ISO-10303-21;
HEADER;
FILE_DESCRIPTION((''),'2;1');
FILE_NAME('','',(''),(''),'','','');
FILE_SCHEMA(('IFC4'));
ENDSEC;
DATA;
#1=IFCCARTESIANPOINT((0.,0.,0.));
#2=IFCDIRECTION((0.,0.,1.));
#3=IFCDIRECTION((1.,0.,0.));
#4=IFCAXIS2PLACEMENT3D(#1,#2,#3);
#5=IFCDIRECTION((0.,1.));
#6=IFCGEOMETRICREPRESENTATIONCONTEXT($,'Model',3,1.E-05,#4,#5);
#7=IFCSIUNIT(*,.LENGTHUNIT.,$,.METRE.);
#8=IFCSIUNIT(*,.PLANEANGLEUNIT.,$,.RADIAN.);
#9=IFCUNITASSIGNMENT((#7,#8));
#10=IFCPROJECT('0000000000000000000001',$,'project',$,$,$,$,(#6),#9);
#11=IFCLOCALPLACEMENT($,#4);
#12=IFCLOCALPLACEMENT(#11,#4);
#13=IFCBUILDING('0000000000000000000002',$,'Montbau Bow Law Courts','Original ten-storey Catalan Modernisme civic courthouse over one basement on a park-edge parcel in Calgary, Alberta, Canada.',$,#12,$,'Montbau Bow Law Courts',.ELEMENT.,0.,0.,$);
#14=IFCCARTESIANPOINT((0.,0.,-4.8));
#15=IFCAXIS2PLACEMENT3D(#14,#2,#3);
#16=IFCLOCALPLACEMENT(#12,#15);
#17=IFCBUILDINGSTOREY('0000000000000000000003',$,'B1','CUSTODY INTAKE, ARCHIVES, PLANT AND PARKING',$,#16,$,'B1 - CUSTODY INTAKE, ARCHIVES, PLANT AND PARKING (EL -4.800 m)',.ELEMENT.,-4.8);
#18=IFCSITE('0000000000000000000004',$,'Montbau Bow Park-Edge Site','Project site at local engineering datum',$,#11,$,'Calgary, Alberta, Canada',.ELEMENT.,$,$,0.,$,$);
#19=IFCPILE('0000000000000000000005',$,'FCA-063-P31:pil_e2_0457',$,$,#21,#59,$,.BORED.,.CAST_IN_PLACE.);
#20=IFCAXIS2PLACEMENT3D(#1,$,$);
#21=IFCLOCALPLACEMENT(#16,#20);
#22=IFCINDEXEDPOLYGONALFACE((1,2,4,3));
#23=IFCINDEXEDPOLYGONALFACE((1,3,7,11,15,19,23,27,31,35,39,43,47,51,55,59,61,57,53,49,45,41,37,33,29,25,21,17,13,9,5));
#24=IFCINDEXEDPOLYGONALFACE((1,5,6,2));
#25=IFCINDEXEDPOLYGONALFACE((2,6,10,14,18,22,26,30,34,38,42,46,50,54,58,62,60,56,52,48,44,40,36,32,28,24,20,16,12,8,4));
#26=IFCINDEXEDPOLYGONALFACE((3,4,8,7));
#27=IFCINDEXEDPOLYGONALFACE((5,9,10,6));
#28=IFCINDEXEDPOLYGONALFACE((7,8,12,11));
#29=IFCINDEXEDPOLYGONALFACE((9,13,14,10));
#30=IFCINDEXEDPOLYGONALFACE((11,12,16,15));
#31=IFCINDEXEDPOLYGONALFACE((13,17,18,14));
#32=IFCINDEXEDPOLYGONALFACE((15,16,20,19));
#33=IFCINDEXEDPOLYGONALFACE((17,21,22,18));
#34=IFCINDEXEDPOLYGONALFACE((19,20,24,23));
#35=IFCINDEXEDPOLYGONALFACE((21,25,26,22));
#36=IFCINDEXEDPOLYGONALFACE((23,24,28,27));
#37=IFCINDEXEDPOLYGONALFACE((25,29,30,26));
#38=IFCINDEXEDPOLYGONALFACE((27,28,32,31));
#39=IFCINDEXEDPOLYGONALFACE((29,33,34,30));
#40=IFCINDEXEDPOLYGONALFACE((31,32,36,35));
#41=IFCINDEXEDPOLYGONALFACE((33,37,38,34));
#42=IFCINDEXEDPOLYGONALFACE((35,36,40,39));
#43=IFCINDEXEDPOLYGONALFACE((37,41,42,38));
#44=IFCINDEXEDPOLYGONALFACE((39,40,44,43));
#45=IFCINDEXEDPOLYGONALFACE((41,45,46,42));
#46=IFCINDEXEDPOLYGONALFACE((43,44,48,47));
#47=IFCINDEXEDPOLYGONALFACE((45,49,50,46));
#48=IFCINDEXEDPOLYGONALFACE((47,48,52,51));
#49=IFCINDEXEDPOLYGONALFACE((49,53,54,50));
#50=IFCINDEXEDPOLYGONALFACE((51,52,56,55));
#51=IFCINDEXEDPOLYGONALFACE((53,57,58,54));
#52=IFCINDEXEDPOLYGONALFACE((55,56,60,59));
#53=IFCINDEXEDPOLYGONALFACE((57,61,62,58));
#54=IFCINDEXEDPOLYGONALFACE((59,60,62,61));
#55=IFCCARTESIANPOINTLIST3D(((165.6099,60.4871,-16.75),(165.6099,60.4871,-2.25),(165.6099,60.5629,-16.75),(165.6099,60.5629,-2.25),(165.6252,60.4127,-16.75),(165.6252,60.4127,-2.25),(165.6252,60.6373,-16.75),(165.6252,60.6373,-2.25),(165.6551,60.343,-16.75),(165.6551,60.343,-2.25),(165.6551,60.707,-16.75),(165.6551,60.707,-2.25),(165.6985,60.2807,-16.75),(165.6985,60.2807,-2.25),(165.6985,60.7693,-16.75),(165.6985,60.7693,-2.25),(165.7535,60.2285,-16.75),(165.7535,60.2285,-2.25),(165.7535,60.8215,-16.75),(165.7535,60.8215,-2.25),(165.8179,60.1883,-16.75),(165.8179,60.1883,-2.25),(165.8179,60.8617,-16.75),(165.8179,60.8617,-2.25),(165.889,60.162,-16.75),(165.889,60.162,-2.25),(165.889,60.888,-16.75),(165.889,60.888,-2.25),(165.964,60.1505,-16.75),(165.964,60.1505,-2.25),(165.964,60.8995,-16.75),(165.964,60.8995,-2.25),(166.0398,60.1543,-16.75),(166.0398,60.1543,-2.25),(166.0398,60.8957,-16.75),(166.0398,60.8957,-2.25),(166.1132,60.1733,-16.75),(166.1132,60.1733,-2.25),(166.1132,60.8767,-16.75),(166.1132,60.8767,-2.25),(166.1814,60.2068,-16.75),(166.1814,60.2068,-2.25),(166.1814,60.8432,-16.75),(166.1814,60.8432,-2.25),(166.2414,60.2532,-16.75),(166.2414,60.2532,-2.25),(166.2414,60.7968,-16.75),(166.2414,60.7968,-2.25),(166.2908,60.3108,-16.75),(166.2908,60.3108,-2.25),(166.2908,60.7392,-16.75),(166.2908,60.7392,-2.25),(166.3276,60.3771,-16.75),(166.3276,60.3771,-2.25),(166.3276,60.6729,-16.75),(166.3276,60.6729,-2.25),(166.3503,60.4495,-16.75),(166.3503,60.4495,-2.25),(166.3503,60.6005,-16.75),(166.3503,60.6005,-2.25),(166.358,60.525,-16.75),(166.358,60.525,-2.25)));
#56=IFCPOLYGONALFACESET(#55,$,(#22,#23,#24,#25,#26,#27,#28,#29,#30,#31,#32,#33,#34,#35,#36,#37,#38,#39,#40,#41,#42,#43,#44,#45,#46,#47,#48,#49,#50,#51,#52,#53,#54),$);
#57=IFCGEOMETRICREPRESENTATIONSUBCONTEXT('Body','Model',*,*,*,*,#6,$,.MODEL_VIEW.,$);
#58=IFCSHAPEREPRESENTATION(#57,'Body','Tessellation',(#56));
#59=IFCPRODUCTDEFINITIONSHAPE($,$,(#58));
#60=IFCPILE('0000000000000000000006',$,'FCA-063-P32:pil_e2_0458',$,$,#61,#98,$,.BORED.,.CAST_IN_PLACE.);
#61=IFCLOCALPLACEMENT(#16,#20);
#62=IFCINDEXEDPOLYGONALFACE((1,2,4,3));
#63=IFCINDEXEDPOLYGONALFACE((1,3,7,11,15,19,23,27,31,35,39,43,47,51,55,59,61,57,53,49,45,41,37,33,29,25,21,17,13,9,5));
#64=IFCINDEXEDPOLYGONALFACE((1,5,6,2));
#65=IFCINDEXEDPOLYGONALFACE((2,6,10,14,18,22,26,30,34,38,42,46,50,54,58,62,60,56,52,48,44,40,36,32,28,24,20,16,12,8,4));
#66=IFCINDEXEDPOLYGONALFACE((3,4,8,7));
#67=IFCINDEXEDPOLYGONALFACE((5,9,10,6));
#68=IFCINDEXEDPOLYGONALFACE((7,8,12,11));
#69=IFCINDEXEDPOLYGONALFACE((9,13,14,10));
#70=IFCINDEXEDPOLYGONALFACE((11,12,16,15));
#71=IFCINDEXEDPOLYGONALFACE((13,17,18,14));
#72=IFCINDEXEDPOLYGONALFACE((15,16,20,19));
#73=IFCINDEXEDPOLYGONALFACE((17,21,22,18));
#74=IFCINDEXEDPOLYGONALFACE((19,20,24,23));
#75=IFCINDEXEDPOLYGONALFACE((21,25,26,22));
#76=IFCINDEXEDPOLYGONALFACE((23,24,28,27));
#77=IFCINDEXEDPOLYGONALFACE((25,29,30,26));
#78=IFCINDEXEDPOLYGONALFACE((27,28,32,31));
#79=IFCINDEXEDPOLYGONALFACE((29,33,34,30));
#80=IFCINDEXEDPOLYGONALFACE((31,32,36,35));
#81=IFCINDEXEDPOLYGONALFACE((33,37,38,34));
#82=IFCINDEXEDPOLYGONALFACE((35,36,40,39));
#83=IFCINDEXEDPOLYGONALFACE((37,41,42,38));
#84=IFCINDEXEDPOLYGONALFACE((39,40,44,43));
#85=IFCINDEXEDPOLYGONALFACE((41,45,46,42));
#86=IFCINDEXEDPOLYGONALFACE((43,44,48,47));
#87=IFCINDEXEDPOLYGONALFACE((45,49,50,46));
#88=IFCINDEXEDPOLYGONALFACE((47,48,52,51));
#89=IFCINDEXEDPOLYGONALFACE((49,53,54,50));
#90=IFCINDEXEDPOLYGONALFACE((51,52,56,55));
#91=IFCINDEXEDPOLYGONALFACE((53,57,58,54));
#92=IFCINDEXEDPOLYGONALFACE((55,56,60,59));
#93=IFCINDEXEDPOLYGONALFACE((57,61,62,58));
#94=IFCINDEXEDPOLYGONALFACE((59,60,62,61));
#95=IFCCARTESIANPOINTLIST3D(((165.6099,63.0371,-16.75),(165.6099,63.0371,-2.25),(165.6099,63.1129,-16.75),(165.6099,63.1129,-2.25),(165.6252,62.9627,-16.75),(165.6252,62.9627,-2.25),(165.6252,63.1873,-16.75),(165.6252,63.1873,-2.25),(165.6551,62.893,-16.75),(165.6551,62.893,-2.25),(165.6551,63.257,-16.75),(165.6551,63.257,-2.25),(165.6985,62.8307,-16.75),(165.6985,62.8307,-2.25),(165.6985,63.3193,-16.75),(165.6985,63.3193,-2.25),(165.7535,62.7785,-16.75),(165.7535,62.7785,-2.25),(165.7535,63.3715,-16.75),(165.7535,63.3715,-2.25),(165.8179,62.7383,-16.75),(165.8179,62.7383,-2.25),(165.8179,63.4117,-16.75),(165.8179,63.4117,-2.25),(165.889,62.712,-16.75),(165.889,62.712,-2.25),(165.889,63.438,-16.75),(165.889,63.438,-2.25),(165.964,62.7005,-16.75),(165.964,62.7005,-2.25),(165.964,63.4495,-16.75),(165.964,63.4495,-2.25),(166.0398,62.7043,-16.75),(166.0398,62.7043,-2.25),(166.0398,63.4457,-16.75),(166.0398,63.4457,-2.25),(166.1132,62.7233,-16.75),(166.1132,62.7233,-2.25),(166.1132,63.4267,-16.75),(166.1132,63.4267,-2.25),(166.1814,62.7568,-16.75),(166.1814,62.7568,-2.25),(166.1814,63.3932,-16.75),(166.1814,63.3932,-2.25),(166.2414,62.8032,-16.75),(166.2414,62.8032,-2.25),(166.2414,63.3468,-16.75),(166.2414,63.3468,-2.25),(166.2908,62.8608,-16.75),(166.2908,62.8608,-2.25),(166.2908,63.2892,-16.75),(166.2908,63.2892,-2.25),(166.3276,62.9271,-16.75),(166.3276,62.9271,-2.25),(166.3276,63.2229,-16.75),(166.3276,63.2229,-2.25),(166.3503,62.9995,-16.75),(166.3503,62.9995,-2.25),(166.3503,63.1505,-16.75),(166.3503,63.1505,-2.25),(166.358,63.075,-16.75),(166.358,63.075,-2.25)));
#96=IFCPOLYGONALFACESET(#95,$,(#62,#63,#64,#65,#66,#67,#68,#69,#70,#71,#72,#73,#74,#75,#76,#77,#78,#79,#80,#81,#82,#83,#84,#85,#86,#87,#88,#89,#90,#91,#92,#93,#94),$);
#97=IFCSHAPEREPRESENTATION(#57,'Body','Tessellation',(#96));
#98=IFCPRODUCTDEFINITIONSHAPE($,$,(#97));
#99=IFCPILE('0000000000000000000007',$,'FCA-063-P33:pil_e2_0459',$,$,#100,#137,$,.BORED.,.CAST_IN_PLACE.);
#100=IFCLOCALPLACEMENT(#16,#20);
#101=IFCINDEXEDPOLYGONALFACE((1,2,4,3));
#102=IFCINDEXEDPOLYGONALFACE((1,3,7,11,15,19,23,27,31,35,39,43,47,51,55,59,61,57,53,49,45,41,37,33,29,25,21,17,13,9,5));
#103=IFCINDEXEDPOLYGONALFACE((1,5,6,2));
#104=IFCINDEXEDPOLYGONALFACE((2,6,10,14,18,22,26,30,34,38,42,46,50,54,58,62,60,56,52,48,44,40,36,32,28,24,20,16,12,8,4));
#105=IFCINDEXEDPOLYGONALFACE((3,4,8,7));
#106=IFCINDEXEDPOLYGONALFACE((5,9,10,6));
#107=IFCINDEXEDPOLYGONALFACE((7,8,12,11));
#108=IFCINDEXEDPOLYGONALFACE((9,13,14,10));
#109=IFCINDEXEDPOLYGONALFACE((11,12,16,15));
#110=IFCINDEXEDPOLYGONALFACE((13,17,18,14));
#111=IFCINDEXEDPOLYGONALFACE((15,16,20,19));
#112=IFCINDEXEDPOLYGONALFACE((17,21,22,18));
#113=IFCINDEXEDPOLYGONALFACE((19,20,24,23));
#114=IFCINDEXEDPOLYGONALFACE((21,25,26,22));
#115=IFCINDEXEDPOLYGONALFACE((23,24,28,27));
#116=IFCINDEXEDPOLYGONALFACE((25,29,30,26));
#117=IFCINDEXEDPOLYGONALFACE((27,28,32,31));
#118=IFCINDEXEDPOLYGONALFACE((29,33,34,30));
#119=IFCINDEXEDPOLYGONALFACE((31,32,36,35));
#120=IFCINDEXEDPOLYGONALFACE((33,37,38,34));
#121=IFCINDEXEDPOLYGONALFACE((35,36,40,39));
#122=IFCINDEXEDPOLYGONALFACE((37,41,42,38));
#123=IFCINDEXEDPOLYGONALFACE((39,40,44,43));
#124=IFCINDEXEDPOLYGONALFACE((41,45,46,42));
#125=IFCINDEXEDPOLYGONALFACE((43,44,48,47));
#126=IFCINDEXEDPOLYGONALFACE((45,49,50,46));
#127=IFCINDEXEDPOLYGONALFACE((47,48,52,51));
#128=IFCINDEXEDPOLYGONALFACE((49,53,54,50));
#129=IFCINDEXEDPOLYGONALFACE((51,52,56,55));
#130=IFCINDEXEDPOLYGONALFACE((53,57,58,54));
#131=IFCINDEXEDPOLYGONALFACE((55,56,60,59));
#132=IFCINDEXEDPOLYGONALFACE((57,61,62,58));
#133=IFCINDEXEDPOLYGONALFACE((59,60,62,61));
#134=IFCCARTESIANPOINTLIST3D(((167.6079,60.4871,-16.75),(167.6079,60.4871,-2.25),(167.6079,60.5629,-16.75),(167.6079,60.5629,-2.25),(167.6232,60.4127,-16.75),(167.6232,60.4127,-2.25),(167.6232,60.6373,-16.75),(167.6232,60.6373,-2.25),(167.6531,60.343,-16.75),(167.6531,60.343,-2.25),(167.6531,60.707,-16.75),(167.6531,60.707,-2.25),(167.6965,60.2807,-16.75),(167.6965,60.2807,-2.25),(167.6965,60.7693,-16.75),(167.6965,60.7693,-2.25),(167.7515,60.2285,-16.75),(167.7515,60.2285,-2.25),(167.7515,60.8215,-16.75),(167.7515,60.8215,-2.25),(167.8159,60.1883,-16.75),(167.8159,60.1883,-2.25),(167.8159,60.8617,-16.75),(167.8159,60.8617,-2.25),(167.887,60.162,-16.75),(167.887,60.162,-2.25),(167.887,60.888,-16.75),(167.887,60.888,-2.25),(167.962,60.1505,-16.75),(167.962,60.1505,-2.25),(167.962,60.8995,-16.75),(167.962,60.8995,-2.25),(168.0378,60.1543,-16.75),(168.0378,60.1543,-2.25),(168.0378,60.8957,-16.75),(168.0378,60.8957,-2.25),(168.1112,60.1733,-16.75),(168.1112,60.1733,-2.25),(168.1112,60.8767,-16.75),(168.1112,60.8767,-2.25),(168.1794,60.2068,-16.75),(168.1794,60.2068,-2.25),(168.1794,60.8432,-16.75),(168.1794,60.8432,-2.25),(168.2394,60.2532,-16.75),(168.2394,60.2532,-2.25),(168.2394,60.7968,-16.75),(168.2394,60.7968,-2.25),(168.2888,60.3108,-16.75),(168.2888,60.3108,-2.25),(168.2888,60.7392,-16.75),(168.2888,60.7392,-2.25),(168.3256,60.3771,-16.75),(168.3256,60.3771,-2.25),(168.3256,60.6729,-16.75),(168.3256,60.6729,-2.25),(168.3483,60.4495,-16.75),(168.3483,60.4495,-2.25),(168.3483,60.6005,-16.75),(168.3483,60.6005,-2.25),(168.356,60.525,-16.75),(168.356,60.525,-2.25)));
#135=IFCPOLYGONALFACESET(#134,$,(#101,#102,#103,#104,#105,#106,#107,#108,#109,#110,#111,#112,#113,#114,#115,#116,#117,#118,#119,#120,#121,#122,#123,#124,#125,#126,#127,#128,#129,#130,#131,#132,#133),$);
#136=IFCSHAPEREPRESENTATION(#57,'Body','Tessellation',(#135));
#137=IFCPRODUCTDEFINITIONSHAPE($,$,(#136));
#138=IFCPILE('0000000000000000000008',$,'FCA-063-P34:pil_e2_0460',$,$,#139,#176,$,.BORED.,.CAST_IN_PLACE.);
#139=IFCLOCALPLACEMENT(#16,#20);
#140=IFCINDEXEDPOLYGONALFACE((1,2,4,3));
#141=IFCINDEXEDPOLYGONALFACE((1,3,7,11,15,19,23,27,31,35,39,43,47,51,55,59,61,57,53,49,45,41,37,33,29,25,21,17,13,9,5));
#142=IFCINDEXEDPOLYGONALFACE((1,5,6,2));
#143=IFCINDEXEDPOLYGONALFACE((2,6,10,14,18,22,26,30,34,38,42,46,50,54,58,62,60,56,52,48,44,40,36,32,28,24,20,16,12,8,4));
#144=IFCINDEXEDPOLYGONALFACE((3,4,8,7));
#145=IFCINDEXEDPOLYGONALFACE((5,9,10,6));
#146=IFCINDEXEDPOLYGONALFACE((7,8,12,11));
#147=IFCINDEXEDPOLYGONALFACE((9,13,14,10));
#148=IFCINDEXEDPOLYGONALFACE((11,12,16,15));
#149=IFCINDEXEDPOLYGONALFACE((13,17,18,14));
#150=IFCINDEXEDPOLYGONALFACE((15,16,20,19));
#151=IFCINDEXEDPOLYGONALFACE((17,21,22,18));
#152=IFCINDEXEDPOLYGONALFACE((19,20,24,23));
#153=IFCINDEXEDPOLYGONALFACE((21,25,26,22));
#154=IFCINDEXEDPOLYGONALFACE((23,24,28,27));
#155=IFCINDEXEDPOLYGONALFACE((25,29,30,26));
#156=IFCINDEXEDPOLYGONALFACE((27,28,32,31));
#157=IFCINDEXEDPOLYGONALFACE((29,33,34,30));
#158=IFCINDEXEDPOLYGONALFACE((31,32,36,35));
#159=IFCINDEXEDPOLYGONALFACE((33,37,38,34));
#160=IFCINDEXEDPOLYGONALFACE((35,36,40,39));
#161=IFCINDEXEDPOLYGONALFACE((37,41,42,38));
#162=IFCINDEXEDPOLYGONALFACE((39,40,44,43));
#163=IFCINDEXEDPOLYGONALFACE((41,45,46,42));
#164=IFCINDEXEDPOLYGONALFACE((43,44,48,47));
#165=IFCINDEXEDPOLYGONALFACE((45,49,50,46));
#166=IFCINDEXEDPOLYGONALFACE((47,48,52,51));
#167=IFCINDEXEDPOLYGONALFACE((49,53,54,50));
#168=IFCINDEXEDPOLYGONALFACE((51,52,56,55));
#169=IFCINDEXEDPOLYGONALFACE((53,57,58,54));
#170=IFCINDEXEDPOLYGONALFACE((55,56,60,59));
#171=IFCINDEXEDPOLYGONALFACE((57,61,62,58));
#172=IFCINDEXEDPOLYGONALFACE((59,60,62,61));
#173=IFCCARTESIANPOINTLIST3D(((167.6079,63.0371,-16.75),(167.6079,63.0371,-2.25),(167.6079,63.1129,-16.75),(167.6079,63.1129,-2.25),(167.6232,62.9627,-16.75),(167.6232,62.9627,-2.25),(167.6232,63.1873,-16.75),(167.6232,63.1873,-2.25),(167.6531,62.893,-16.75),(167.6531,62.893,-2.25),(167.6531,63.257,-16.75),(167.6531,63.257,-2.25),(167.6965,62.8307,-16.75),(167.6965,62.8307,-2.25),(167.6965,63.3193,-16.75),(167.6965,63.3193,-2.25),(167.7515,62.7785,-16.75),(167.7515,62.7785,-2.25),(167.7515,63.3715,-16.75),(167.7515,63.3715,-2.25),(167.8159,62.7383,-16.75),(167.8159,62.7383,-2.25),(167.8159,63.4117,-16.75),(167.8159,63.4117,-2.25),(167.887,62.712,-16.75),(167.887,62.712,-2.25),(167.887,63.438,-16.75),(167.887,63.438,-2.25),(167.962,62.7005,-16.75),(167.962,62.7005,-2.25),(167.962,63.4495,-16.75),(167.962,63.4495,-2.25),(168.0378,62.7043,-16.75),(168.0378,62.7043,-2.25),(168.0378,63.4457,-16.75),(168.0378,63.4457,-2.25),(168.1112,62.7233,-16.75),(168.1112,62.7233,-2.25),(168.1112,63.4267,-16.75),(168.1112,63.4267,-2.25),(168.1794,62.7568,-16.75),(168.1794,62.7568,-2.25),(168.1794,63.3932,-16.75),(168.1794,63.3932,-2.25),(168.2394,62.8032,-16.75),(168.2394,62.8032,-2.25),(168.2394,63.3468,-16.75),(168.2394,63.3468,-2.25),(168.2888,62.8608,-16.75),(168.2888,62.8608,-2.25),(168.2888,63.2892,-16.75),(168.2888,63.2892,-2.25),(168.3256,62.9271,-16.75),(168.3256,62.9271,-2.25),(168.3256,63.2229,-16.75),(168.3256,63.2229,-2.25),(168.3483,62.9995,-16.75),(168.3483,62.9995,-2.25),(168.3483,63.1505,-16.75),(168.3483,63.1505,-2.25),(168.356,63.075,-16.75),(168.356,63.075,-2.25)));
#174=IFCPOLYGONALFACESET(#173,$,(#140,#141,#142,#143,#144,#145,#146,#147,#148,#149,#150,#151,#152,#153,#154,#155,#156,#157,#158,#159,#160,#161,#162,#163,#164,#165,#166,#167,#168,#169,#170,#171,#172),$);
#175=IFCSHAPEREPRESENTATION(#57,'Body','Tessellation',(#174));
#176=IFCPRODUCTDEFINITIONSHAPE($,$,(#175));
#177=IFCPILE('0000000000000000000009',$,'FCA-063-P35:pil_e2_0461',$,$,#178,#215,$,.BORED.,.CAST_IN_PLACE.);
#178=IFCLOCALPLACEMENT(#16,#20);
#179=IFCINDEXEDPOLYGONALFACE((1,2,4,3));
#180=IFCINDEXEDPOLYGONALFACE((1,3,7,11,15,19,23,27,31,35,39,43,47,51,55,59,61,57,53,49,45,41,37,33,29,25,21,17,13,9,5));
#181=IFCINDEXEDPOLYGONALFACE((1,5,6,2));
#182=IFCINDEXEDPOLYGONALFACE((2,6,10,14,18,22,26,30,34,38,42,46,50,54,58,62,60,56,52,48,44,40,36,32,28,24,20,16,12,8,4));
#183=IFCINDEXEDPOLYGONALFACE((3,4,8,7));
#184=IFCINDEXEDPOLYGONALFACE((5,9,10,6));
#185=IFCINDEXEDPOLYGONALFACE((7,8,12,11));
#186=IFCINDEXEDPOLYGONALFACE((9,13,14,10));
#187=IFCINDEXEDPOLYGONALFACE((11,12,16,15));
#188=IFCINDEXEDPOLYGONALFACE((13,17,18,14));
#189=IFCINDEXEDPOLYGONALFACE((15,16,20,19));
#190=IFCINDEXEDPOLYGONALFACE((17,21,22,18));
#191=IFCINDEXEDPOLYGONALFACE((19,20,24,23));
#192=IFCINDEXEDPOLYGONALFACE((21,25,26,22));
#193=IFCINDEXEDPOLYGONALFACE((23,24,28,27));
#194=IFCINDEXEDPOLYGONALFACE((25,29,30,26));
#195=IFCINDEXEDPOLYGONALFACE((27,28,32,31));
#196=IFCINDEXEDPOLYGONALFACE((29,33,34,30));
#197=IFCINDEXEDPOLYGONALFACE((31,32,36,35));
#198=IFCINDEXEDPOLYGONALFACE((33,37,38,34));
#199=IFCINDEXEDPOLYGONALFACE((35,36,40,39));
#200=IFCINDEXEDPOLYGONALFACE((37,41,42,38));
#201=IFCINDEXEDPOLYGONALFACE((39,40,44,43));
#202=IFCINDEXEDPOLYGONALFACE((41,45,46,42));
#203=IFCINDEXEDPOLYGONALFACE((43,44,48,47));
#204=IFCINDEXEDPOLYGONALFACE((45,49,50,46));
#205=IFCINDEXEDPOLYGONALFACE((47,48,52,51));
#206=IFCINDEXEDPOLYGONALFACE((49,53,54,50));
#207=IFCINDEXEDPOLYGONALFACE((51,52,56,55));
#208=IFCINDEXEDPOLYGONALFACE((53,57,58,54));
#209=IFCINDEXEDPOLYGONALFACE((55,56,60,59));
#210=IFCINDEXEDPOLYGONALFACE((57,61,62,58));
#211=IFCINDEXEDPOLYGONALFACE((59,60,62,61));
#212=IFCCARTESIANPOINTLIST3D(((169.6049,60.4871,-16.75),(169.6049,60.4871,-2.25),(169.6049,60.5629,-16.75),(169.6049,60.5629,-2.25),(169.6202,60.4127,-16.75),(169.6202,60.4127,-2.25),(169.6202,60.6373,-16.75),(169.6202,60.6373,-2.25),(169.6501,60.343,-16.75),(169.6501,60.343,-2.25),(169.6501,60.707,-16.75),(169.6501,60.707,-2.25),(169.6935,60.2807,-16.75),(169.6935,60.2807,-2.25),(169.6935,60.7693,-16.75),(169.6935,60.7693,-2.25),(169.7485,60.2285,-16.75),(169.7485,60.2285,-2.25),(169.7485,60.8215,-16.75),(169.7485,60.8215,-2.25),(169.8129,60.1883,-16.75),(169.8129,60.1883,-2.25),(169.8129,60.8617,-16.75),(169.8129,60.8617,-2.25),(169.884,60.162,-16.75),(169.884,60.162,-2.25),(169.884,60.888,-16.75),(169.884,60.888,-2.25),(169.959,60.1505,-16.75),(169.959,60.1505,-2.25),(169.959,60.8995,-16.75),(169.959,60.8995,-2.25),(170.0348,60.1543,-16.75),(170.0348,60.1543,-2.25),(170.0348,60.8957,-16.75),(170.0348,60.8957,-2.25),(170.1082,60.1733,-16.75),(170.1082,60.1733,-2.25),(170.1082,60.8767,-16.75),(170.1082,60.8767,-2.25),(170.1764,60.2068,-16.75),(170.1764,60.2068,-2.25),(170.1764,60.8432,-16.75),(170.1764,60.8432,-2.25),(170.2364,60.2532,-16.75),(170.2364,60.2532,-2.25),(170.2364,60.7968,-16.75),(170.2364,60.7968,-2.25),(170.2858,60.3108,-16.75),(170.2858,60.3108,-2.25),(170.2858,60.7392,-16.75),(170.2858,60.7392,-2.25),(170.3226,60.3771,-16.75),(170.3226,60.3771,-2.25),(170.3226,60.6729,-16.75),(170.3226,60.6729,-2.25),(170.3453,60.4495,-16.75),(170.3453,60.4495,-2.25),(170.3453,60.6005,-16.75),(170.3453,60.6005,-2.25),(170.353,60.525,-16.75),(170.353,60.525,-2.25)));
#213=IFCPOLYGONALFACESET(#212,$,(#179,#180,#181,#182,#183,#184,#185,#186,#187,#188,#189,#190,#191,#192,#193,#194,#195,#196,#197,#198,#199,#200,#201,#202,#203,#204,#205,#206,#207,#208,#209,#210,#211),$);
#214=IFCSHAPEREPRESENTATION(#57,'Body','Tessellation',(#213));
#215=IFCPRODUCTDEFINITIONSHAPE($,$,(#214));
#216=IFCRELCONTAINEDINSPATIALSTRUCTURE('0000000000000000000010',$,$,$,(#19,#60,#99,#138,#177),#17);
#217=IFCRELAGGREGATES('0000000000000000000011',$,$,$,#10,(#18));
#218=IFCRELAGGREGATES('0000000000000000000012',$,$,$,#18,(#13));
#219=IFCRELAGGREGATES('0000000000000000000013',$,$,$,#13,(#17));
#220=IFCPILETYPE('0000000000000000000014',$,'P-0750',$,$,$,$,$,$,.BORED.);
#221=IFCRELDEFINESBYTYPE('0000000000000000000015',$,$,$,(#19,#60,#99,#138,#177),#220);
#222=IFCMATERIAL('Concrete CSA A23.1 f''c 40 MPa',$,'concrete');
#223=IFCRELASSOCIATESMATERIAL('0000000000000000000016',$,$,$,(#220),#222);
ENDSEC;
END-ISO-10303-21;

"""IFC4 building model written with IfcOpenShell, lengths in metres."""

from ifc_helpers import new_model, si_unit, direction, frame, origin_with_axes, origin_2d_with_axis, place, context, subcontext, project, spatial, circle, extrude, material, material_profile, profile_set, type_object, element, save


model = new_model("IFC4")

# Units and contexts
model_context = context("Model", 3, precision=1e-05, world=origin_with_axes(), true_north=direction((0.0, 1.0)))
body_context = subcontext(model_context, "Body", "Model", "MODEL_VIEW")
ifc_project = project(units=[si_unit("LENGTHUNIT", "METRE"), si_unit("PLANEANGLEUNIT", "RADIAN")], contexts=[model_context])

# Site, building, storey
site_placement = place(None, origin_with_axes())
site = spatial("IfcSite", under=ifc_project, at=site_placement, Name="Montbau Bow Park-Edge Site", Description="Project site at local engineering datum", LongName="Calgary, Alberta, Canada", CompositionType="ELEMENT", RefElevation=0.0)
building_placement = place(site_placement, origin_with_axes())
building = spatial("IfcBuilding", under=site, at=building_placement, Name="Montbau Bow Law Courts", Description="Original ten-storey Catalan Modernisme civic courthouse over one basement on a park-edge parcel in Calgary, Alberta, Canada.", LongName="Montbau Bow Law Courts", CompositionType="ELEMENT", ElevationOfRefHeight=0.0, ElevationOfTerrain=0.0)
storey_placement = place(building_placement, frame((0.0, 0.0, -4.8), z_axis=(0.0, 0.0, 1.0), x_axis=(1.0, 0.0, 0.0)))
storey = spatial("IfcBuildingStorey", under=building, at=storey_placement, Name="B1", Description="CUSTODY INTAKE, ARCHIVES, PLANT AND PARKING", LongName="B1 - CUSTODY INTAKE, ARCHIVES, PLANT AND PARKING (EL -4.800 m)", CompositionType="ELEMENT", Elevation=-4.8)

# Piles
ifc_material_1 = material(Name="Concrete CSA A23.1 f'c 40 MPa", Category="concrete")
ifc_material_profile_1 = material_profile(ifc_material_1, circle(Radius=0.375, at=origin_2d_with_axis()), Name="BP750", Category="Main", Priority=0)
ifc_profile_set_1 = profile_set([ifc_material_profile_1], Name="Concrete CSA A23.1 f'c 40 MPa")
pile_type_1 = type_object("IfcPileType", Name="P-0750", PredefinedType="BORED", material=ifc_profile_set_1)
for number, where, z_axis, x_axis, name in (
    (1, (165.983, 60.525, -21.55), (0.0, 0.0, 1.0), (1.0, 0.0, 0.0), "FCA-063-P31:pil_e2_0457"),
    (2, (165.983, 63.075, -21.55), (0.0, 0.0, 1.0), (1.0, 0.0, 0.0), "FCA-063-P32:pil_e2_0458"),
    (3, (167.981, 60.525, -21.55), (0.0, 0.0, 1.0), (1.0, 0.0, 0.0), "FCA-063-P33:pil_e2_0459"),
    (4, (167.981, 63.075, -21.55), (0.0, 0.0, 1.0), (1.0, 0.0, 0.0), "FCA-063-P34:pil_e2_0460"),
    (5, (169.978, 60.525, -21.55), (0.0, 0.0, 1.0), (1.0, 0.0, 0.0), "FCA-063-P35:pil_e2_0461"),
):
    element("IfcPile", number, at=place(None, frame(where, z_axis=z_axis, x_axis=x_axis)), inside=storey, type_object=pile_type_1, Name=name, ConstructionType="CAST_IN_PLACE", PredefinedType="BORED", context=body_context, shape_type="SweptSolid", body=[
        extrude(circle(Radius=0.375, at=origin_2d_with_axis()), origin_with_axes(), (0.0, 0.0, 1.0), 14.5),
    ])

save(model, "model.ifc")
